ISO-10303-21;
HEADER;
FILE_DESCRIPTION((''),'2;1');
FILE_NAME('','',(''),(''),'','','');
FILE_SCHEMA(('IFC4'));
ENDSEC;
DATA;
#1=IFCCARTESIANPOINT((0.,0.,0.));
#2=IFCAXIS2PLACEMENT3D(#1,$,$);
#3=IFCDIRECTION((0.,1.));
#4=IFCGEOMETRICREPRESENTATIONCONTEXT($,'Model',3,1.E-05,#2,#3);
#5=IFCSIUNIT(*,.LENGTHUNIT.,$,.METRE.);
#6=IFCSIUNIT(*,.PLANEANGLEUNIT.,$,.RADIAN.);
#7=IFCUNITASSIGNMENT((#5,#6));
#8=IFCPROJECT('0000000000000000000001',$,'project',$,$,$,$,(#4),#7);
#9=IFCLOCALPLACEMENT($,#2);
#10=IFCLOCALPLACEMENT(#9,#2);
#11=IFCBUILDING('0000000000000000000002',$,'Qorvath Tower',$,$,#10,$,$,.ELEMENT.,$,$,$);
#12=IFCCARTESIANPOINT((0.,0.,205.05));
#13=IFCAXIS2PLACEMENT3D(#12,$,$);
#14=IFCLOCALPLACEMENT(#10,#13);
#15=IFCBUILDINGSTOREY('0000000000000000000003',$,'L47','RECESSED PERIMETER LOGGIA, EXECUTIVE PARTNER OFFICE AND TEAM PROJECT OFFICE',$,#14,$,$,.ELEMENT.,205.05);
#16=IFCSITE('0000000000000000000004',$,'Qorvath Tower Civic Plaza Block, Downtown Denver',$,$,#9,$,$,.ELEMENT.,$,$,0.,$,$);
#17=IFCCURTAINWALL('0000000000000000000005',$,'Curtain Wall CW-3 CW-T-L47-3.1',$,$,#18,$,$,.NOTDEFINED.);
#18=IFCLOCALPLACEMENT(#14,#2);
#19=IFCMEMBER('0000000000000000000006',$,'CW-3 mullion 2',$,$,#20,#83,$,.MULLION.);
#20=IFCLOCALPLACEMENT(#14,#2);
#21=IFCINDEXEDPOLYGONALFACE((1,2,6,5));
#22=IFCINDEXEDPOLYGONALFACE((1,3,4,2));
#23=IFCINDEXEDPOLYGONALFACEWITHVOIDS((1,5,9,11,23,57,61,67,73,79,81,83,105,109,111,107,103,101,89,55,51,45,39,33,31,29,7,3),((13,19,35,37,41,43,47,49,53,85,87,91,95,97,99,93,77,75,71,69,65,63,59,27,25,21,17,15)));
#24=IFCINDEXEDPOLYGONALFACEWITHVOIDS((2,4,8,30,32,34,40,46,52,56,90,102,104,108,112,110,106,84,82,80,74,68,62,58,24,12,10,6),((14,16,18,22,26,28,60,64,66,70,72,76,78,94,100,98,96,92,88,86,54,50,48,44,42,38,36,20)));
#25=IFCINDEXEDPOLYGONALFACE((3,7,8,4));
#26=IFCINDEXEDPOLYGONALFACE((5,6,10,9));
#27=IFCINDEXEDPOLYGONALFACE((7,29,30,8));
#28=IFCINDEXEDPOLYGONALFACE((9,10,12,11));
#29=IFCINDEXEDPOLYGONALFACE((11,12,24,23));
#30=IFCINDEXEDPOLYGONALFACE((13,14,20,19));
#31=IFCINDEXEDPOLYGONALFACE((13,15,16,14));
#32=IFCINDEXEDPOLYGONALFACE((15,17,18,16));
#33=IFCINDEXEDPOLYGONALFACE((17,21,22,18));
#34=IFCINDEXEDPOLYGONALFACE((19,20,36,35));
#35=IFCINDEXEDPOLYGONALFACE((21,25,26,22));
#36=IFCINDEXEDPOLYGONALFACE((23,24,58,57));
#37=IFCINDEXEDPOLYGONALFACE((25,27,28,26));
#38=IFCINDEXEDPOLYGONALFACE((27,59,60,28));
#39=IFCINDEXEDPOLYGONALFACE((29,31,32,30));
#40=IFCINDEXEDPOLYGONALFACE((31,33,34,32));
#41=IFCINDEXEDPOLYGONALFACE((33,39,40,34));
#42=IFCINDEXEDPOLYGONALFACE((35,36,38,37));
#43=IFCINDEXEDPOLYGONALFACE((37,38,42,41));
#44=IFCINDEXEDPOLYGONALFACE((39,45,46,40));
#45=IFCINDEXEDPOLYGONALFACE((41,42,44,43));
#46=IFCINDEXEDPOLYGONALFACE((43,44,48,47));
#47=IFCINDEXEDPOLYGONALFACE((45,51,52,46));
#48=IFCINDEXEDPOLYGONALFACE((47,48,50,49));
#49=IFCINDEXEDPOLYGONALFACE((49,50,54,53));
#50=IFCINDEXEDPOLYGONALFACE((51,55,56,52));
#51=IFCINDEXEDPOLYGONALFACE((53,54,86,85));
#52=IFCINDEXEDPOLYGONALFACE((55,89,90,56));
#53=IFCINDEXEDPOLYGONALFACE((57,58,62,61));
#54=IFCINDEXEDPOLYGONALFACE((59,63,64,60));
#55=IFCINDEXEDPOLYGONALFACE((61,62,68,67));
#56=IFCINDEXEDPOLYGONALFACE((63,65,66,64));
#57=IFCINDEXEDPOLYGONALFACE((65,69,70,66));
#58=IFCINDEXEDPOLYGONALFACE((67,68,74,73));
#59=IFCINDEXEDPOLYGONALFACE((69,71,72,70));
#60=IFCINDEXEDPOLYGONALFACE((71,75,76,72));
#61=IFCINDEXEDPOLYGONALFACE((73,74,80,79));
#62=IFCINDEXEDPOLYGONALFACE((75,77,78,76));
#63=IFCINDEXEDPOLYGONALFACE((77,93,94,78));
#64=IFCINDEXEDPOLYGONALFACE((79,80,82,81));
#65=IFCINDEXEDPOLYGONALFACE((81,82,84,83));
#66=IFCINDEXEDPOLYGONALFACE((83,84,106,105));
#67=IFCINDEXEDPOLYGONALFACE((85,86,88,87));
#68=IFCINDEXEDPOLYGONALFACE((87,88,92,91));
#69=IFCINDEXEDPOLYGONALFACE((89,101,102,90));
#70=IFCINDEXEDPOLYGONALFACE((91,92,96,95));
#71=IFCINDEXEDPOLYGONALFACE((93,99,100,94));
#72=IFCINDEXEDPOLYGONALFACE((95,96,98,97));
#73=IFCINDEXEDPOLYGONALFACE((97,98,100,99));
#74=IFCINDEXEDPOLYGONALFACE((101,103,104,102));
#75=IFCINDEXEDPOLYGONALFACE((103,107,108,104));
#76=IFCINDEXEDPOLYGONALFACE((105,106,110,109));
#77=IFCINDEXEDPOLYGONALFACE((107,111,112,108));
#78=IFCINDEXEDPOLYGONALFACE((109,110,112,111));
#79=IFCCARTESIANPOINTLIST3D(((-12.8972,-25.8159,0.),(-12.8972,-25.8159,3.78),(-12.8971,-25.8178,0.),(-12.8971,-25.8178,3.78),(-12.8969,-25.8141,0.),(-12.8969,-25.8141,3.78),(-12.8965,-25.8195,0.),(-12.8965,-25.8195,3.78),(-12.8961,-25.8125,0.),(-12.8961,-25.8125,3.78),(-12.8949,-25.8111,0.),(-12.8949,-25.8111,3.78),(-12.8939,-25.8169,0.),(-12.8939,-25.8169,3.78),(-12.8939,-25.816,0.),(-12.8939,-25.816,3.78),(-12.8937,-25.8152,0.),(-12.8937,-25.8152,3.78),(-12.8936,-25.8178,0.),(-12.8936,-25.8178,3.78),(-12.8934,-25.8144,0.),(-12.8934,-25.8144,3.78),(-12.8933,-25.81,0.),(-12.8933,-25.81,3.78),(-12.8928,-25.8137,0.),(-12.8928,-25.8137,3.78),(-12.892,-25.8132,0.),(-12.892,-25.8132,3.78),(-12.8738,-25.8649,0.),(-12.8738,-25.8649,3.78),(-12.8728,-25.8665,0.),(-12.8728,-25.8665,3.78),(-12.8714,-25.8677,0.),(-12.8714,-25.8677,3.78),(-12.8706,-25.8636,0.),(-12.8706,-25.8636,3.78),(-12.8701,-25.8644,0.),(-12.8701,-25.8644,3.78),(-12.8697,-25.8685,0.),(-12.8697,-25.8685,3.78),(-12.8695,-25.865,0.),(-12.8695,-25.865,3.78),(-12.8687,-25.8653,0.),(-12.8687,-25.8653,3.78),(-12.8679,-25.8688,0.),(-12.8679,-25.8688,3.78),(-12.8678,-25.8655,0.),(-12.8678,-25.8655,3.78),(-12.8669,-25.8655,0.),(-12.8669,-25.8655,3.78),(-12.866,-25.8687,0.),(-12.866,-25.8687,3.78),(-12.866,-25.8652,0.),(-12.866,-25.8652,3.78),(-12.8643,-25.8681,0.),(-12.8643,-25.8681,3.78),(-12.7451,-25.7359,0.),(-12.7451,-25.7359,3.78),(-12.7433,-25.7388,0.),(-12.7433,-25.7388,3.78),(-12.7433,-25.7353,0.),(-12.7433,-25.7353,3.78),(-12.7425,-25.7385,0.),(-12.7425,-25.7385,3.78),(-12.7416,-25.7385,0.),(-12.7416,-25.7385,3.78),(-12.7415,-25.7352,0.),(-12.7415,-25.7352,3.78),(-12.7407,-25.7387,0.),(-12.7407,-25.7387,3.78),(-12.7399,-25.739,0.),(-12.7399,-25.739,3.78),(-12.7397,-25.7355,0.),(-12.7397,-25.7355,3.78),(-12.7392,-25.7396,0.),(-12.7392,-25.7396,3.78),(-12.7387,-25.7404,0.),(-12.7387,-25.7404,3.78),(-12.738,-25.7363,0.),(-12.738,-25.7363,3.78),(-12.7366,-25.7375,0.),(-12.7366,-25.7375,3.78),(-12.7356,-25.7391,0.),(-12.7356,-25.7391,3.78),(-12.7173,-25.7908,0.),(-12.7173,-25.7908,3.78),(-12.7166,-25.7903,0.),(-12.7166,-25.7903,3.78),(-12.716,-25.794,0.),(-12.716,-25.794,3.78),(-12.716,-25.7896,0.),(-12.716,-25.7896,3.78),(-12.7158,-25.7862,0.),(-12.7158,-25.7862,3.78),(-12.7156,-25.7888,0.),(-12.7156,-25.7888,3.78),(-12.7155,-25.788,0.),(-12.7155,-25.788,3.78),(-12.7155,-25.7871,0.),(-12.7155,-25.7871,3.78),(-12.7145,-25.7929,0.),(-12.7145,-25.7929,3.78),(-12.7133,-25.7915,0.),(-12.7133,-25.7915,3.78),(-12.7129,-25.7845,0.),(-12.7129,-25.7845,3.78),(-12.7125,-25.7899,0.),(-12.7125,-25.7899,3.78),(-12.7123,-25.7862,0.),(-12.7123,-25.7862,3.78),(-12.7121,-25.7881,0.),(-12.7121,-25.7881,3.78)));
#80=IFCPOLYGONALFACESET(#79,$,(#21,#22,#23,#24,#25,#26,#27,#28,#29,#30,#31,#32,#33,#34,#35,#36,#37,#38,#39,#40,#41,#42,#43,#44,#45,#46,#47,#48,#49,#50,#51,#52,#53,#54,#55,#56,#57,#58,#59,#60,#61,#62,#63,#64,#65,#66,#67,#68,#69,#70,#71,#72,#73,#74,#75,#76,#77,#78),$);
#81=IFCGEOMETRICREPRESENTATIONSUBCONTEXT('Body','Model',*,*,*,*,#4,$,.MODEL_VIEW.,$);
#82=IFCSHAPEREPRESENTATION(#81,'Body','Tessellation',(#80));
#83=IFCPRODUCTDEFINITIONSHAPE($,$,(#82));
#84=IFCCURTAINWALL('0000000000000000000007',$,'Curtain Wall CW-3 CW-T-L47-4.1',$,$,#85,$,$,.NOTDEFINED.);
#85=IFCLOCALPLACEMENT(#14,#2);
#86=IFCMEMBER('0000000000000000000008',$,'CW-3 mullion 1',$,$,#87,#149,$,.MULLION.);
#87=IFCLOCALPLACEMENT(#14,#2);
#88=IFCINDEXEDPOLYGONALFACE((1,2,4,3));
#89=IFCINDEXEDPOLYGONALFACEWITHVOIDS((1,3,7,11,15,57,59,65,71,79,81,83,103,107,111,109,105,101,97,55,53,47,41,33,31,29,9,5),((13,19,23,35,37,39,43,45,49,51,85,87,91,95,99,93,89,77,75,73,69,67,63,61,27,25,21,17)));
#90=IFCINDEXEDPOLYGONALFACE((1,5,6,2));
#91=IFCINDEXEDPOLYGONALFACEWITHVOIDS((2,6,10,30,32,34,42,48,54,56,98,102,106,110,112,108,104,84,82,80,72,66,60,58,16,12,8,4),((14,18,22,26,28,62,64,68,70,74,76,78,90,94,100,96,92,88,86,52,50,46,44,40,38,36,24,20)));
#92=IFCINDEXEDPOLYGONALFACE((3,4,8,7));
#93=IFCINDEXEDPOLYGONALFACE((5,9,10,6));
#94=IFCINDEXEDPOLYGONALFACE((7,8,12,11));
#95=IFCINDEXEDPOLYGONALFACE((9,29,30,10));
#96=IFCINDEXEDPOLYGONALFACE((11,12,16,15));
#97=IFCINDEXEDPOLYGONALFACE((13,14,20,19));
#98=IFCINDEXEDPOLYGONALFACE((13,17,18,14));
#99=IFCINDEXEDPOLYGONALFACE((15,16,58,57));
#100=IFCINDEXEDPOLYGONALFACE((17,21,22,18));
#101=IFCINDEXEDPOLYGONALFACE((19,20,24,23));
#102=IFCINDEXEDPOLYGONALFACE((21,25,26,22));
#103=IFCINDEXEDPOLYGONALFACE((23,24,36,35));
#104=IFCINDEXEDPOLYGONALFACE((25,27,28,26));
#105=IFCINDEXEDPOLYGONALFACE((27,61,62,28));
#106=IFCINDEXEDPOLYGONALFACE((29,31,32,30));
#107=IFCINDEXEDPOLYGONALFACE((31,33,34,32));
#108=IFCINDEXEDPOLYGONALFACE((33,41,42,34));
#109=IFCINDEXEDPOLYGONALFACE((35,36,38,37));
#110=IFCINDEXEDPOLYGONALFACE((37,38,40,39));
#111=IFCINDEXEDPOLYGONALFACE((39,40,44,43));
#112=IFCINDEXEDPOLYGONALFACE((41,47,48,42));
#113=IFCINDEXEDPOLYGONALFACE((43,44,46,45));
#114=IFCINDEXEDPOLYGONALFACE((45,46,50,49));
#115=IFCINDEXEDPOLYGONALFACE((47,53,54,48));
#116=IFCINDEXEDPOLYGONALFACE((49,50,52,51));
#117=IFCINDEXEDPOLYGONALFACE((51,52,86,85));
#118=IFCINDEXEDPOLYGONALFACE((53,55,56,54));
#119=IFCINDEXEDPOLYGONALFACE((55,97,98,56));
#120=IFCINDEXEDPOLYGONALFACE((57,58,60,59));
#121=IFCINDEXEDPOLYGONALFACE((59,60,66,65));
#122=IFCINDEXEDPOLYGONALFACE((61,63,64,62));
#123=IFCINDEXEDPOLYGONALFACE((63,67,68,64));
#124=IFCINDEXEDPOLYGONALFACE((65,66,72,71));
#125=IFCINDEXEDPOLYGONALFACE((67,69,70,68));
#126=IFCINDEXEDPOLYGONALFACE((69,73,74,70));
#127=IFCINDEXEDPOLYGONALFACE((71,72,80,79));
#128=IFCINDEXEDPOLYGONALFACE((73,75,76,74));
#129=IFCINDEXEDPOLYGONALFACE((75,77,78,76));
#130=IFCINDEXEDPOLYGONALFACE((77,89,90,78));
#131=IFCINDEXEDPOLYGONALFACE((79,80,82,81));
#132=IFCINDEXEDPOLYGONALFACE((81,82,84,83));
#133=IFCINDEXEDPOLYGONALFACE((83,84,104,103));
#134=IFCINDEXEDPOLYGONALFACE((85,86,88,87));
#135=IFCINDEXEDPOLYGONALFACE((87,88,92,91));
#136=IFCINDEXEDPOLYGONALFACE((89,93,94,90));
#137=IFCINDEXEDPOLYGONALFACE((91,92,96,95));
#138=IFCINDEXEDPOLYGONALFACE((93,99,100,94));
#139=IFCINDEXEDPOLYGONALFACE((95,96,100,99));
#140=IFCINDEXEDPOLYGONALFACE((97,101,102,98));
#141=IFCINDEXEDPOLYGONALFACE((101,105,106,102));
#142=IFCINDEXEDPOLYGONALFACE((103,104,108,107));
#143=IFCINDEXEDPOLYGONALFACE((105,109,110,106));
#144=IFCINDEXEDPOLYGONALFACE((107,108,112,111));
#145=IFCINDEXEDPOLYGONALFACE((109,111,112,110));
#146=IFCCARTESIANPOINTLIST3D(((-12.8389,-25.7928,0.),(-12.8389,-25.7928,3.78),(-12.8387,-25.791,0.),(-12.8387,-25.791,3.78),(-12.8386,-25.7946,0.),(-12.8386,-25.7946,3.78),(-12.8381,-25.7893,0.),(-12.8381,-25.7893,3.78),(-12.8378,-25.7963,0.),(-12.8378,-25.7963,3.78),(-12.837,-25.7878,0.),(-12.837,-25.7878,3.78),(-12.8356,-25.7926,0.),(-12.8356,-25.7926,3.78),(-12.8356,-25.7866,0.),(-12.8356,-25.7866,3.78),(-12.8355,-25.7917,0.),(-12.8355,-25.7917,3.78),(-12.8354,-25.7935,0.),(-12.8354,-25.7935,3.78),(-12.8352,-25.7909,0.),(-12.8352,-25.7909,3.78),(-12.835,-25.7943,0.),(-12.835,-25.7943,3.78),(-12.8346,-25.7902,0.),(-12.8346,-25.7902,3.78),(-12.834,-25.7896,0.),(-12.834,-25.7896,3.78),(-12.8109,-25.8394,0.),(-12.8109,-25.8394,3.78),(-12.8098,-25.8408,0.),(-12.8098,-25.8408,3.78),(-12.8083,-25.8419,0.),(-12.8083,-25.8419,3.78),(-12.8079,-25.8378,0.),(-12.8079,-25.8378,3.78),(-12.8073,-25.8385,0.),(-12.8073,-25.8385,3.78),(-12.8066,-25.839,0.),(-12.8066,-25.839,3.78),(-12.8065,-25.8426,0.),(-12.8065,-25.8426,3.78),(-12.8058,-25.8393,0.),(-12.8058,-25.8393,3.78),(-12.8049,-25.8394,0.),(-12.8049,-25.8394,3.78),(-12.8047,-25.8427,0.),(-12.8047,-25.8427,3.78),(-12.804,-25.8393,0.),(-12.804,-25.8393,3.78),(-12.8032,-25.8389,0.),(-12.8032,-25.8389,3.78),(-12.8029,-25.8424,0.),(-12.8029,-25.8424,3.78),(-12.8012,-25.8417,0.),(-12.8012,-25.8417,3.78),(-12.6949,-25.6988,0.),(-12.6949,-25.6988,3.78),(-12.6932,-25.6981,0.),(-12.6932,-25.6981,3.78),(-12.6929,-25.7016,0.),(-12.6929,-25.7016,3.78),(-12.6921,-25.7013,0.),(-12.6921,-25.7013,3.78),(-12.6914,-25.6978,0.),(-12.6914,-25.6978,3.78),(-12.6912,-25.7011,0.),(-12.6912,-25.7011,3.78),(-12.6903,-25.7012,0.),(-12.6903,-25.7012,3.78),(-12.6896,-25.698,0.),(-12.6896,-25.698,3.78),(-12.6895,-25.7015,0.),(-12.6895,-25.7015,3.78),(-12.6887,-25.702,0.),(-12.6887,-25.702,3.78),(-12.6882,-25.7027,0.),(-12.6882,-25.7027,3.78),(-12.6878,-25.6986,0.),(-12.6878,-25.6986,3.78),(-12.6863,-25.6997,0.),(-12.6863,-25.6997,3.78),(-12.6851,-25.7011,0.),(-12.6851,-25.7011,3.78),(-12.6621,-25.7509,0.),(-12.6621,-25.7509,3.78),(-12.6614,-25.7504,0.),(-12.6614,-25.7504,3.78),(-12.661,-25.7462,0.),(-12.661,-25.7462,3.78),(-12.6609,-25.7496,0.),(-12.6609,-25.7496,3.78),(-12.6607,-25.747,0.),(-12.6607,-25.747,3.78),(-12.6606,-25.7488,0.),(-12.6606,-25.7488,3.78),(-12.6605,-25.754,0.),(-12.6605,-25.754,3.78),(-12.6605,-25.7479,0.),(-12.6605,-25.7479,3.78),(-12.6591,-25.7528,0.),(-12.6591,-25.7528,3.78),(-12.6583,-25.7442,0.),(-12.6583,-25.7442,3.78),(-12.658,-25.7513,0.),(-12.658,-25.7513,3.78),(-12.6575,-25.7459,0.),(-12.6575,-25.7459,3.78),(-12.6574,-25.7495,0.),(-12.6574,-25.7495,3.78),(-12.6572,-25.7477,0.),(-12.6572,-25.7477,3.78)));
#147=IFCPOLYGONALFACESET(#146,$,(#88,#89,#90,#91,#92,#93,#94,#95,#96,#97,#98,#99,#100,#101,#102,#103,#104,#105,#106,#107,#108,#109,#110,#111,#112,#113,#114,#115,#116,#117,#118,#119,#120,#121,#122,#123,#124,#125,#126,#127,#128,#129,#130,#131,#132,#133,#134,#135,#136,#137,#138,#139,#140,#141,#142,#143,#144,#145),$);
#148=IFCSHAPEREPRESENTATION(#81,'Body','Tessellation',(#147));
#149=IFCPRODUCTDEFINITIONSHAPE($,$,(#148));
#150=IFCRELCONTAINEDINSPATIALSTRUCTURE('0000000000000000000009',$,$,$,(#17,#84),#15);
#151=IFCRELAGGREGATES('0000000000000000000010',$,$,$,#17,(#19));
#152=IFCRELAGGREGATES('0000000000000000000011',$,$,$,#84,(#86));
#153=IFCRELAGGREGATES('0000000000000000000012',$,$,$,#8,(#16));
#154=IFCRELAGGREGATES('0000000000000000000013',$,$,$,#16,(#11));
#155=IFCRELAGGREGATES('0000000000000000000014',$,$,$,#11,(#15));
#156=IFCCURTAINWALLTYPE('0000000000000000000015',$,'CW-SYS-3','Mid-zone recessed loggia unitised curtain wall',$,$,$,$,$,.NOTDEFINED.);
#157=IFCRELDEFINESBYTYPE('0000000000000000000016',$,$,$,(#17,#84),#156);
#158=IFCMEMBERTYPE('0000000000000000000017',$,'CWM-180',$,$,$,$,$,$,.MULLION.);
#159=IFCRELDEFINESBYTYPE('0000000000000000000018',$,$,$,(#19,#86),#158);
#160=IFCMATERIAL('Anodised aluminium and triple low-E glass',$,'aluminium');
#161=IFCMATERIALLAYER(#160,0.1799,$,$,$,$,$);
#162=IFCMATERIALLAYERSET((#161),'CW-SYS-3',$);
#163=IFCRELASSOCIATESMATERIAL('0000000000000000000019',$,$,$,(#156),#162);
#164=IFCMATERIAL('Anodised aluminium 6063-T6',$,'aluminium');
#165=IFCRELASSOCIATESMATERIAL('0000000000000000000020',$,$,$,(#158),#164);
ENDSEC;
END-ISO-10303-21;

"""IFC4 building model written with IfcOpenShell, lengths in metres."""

from ifc_helpers import new_model, si_unit, direction, frame, origin, origin_2d, place, context, subcontext, project, spatial, hollow_rectangle, extrude, material, layer, layer_set, material_profile, profile_set, type_object, element, aggregate, save


model = new_model("IFC4")

# Units and contexts
model_context = context("Model", 3, precision=1e-05, world=origin(), true_north=direction((0.0, 1.0)))
body_context = subcontext(model_context, "Body", "Model", "MODEL_VIEW")
ifc_project = project(units=[si_unit("LENGTHUNIT", "METRE"), si_unit("PLANEANGLEUNIT", "RADIAN")], contexts=[model_context])

# Site, building, storey
site_placement = place(None, origin())
site = spatial("IfcSite", under=ifc_project, at=site_placement, Name="Qorvath Tower Civic Plaza Block, Downtown Denver", CompositionType="ELEMENT", RefElevation=0.0)
building_placement = place(site_placement, origin())
building = spatial("IfcBuilding", under=site, at=building_placement, Name="Qorvath Tower", CompositionType="ELEMENT")
storey_placement = place(building_placement, frame((0.0, 0.0, 205.05)))
storey = spatial("IfcBuildingStorey", under=building, at=storey_placement, Name="L47", Description="RECESSED PERIMETER LOGGIA, EXECUTIVE PARTNER OFFICE AND TEAM PROJECT OFFICE", CompositionType="ELEMENT", Elevation=205.05)

# Shared definitions
ifc_material_1 = material(Name="Anodised aluminium and triple low-E glass", Category="aluminium")
ifc_layer_1 = layer(ifc_material_1, 0.1799)
ifc_layer_set_1 = layer_set([ifc_layer_1], Name="CW-SYS-3")
curtain_wall_type = type_object("IfcCurtainWallType", Name="CW-SYS-3", Description="Mid-zone recessed loggia unitised curtain wall", PredefinedType="NOTDEFINED", material=ifc_layer_set_1)
ifc_material_2 = material(Name="Anodised aluminium 6063-T6", Category="aluminium")
ifc_material_profile_1 = material_profile(ifc_material_2, hollow_rectangle(XDim=0.0649, YDim=0.1799, WallThickness=0.0034, InnerFilletRadius=0.0034, OuterFilletRadius=0.0071, at=origin_2d()), Name="CWM 180x65")
ifc_profile_set_1 = profile_set([ifc_material_profile_1], Name="Anodised aluminium 6063-T6")
member_type_1 = type_object("IfcMemberType", Name="CWM-180", PredefinedType="MULLION", material=ifc_profile_set_1)

# Curtain walls, members
curtain_wall_1_placement = place(storey_placement, origin())
curtain_wall_1 = element("IfcCurtainWall", 1, at=curtain_wall_1_placement, inside=storey, type_object=curtain_wall_type, Name="Curtain Wall CW-3 CW-T-L47-3.1", PredefinedType="NOTDEFINED")
member_1_placement = place(storey_placement, frame((-12.8047, -25.802, 0.0), z_axis=(0.0, 0.0, 1.0), x_axis=(-0.447205, 0.894432, 0.0)))
member_1 = element("IfcMember", 2, at=member_1_placement, type_object=member_type_1, Name="CW-3 mullion 2", PredefinedType="MULLION", context=body_context, shape_type="SweptSolid", body=[
    extrude(hollow_rectangle(XDim=0.0649, YDim=0.1799, WallThickness=0.0034, InnerFilletRadius=0.0034, OuterFilletRadius=0.0071, at=origin_2d()), origin(), (0.0, 0.0, 1.0), 3.78),
])
curtain_wall_2_placement = place(storey_placement, origin())
curtain_wall_2 = element("IfcCurtainWall", 3, at=curtain_wall_2_placement, inside=storey, type_object=curtain_wall_type, Name="Curtain Wall CW-3 CW-T-L47-4.1", PredefinedType="NOTDEFINED")
member_2_placement = place(storey_placement, frame((-12.748, -25.7703, 0.0), z_axis=(0.0, 0.0, 1.0), x_axis=(-0.529206, 0.848493, 0.0)))
member_2 = element("IfcMember", 4, at=member_2_placement, type_object=member_type_1, Name="CW-3 mullion 1", PredefinedType="MULLION", context=body_context, shape_type="SweptSolid", body=[
    extrude(hollow_rectangle(XDim=0.0649, YDim=0.1799, WallThickness=0.0034, InnerFilletRadius=0.0034, OuterFilletRadius=0.0071, at=origin_2d()), origin(), (0.0, 0.0, 1.0), 3.78),
])

aggregate(curtain_wall_1, [member_1])
aggregate(curtain_wall_2, [member_2])

save(model, "model.ifc")
